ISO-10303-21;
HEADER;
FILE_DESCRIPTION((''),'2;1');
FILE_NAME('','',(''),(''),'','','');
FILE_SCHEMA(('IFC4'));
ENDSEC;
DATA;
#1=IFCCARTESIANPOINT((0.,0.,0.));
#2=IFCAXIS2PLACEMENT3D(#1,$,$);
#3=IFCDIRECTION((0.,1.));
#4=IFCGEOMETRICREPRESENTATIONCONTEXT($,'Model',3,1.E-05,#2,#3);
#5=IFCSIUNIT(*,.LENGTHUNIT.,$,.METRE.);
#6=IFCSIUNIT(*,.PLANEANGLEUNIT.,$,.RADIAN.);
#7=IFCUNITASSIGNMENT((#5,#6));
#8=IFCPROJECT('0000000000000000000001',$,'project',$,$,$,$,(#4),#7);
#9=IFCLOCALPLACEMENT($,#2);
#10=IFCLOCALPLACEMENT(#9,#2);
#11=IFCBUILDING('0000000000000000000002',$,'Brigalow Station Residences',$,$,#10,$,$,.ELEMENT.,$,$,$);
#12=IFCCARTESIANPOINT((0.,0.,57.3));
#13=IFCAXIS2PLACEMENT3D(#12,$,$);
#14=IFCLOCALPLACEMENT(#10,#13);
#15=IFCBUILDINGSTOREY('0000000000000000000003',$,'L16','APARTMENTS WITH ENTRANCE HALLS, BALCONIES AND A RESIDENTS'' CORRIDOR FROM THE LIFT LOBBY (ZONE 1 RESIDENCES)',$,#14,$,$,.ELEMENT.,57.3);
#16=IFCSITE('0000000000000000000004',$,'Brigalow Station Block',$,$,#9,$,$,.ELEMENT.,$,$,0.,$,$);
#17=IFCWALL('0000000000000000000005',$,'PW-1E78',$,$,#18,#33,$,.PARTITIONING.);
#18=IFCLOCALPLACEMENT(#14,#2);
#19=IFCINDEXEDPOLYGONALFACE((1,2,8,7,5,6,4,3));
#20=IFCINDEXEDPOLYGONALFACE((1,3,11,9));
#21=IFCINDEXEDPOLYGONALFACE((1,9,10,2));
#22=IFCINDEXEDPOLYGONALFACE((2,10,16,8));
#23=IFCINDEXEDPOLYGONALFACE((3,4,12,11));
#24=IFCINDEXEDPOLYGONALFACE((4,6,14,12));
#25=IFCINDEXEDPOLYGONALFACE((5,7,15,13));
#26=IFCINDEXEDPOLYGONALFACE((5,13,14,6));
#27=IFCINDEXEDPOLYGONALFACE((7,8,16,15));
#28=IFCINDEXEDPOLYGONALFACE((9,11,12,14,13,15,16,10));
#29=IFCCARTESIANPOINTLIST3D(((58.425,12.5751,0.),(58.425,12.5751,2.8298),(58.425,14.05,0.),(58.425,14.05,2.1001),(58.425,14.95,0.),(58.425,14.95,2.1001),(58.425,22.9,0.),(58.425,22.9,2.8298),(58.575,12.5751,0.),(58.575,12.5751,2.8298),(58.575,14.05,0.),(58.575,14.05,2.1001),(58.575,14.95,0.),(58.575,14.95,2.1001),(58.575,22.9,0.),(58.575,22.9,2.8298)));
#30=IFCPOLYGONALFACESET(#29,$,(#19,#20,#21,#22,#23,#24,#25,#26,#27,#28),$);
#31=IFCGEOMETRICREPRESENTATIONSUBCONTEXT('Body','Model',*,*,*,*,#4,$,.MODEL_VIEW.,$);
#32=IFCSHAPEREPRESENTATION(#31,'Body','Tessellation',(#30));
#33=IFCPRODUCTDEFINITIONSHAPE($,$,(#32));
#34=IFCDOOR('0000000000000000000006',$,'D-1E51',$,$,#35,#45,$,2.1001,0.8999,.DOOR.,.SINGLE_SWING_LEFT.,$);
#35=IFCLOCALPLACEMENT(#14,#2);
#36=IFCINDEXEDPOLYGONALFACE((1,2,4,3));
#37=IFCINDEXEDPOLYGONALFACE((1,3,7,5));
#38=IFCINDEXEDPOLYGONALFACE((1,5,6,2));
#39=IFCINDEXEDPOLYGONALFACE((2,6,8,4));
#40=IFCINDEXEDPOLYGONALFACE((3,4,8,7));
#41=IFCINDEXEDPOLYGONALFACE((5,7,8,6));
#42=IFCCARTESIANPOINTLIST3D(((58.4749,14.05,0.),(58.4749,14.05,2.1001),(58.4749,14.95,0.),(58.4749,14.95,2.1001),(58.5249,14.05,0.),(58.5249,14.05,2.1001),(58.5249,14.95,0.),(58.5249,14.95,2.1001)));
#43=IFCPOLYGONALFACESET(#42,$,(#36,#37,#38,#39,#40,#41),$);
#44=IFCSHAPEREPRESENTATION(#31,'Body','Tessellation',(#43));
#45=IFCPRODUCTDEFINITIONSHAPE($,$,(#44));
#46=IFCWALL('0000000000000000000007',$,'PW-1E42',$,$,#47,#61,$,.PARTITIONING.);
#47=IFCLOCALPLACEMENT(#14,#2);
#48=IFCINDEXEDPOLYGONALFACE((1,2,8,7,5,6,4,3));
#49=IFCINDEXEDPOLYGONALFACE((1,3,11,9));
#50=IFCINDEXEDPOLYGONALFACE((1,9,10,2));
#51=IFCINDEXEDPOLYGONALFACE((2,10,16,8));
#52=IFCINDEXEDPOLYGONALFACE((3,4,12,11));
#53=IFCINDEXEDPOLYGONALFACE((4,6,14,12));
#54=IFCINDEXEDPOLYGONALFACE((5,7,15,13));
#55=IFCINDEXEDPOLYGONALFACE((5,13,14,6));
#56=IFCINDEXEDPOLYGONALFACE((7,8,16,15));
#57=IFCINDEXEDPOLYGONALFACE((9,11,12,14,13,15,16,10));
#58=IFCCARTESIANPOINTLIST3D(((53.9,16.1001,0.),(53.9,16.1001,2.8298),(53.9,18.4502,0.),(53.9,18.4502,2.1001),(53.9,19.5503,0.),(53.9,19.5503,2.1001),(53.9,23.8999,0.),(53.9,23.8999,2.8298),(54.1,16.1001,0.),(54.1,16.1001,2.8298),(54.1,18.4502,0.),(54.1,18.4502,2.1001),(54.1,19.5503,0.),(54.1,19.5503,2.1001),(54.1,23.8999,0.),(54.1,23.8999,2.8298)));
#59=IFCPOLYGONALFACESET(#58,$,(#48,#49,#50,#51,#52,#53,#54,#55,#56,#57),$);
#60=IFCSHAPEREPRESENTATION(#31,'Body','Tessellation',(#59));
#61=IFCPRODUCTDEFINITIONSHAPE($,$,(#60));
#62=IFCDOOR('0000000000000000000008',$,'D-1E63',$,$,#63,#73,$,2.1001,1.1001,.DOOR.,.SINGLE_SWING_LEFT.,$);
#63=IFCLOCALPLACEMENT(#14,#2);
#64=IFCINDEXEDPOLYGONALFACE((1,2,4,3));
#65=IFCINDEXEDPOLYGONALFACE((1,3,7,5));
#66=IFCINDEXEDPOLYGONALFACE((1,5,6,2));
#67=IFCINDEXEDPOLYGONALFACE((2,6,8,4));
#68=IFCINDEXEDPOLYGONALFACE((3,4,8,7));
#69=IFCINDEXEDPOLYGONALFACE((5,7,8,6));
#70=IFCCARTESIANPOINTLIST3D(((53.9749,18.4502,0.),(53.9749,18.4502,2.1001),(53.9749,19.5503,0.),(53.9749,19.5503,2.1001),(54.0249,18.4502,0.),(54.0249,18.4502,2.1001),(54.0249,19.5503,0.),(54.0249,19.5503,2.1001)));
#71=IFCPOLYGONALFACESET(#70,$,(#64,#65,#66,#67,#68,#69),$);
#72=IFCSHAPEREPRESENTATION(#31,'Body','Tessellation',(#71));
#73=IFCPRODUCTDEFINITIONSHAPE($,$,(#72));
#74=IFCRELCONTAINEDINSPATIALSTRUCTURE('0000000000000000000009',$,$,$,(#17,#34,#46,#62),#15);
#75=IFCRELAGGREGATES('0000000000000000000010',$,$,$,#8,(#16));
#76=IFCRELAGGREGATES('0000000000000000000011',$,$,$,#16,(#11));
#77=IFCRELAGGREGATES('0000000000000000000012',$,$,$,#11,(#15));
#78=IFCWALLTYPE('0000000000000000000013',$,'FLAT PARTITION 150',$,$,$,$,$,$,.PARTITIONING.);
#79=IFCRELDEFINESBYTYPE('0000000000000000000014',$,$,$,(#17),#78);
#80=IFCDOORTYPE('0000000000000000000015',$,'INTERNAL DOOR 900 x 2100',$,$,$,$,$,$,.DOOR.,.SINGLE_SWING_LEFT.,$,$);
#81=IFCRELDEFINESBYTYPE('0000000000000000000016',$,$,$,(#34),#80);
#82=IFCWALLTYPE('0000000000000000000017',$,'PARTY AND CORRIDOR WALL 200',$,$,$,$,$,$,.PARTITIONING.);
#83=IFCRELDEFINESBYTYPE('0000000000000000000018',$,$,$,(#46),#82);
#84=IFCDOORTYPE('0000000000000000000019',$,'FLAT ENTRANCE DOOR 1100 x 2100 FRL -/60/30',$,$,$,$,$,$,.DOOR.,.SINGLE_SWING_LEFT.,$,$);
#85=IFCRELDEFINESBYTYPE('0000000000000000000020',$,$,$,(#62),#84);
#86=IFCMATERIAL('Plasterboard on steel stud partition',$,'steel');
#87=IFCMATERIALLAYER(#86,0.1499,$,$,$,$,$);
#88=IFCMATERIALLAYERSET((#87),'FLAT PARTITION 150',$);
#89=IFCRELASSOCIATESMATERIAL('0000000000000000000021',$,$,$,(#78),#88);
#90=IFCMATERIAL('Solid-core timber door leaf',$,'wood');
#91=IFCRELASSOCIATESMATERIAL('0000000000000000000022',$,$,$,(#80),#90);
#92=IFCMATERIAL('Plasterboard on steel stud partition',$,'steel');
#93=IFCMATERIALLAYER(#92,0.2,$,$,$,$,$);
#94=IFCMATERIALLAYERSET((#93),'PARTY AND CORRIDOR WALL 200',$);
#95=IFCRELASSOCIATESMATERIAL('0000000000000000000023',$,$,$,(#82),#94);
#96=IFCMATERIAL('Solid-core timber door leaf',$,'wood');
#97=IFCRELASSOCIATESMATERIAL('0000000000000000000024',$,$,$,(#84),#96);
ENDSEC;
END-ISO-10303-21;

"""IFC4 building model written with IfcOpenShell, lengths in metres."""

from ifc_helpers import new_model, si_unit, direction, frame, frame_2d, origin, place, context, subcontext, project, spatial, rectangle, extrude, material, layer, layer_set, type_object, element, fill, save


model = new_model("IFC4")

# Units and contexts
model_context = context("Model", 3, precision=1e-05, world=origin(), true_north=direction((0.0, 1.0)))
body_context = subcontext(model_context, "Body", "Model", "MODEL_VIEW")
ifc_project = project(units=[si_unit("LENGTHUNIT", "METRE"), si_unit("PLANEANGLEUNIT", "RADIAN")], contexts=[model_context])

# Site, building, storey
site_placement = place(None, origin())
site = spatial("IfcSite", under=ifc_project, at=site_placement, Name="Brigalow Station Block", CompositionType="ELEMENT", RefElevation=0.0)
building_placement = place(site_placement, origin())
building = spatial("IfcBuilding", under=site, at=building_placement, Name="Brigalow Station Residences", CompositionType="ELEMENT")
storey_placement = place(building_placement, frame((0.0, 0.0, 57.3)))
storey = spatial("IfcBuildingStorey", under=building, at=storey_placement, Name="L16", Description="APARTMENTS WITH ENTRANCE HALLS, BALCONIES AND A RESIDENTS' CORRIDOR FROM THE LIFT LOBBY (ZONE 1 RESIDENCES)", CompositionType="ELEMENT", Elevation=57.3)

# Shared definitions
ifc_material_1 = material(Name="Plasterboard on steel stud partition", Category="steel")
ifc_layer_1 = layer(ifc_material_1, 0.1499)
ifc_layer_set_1 = layer_set([ifc_layer_1], Name="FLAT PARTITION 150")
wall_type_1 = type_object("IfcWallType", Name="FLAT PARTITION 150", PredefinedType="PARTITIONING", material=ifc_layer_set_1)

# Walls, openings, doors
ifc_material_2 = material(Name="Solid-core timber door leaf", Category="wood")
door_type_1 = type_object("IfcDoorType", Name="INTERNAL DOOR 900 x 2100", OperationType="SINGLE_SWING_LEFT", PredefinedType="DOOR", material=ifc_material_2)
wall_1_placement = place(storey_placement, frame((58.5, 12.575, 0.0), z_axis=(0.0, 0.0, 1.0), x_axis=(0.0, 1.0, 0.0)))
wall_1 = element("IfcWall", 1, at=wall_1_placement, inside=storey, type_object=wall_type_1, Name="PW-1E78", PredefinedType="PARTITIONING", context=body_context, shape_type="SweptSolid", body=[
    extrude(rectangle(XDim=10.325, YDim=0.1499, at=frame_2d((5.1626, 0.0))), origin(), (0.0, 0.0, 1.0), 2.8298),
])
opening_1_placement = place(wall_1_placement, frame((1.4751, 0.0, 0.0)))
opening_1 = element("IfcOpeningElement", 2, at=opening_1_placement, cuts=wall_1, PredefinedType="OPENING", context=body_context, shape_type="SweptSolid", body=[
    extrude(rectangle(XDim=0.8999, YDim=2.1001, at=frame_2d((0.45, 1.05))), frame((0.0, 0.085, 0.0), z_axis=(0.0, -1.0, 0.0), x_axis=(1.0, 0.0, 0.0)), (0.0, 0.0, 1.0), 0.1699),
])
door_1_placement = place(opening_1_placement, frame((0.8999, 0.0, 0.0), z_axis=(0.0, 0.0, 1.0), x_axis=(-1.0, 0.0, 0.0)))
door_1 = element("IfcDoor", 3, at=door_1_placement, inside=storey, type_object=door_type_1, Name="D-1E51", OperationType="SINGLE_SWING_LEFT", OverallHeight=2.1001, OverallWidth=0.8999, PredefinedType="DOOR", context=body_context, shape_type="SweptSolid", body=[
    extrude(rectangle(XDim=0.8999, YDim=2.1001, at=frame_2d((0.45, 1.05))), frame((0.0, 0.0249, 0.0), z_axis=(0.0, -1.0, 0.0), x_axis=(1.0, 0.0, 0.0)), (0.0, 0.0, 1.0), 0.05),
])
fill(opening_1, door_1)
ifc_material_3 = material(Name="Plasterboard on steel stud partition", Category="steel")
ifc_layer_2 = layer(ifc_material_3, 0.2)
ifc_layer_set_2 = layer_set([ifc_layer_2], Name="PARTY AND CORRIDOR WALL 200")
wall_type_2 = type_object("IfcWallType", Name="PARTY AND CORRIDOR WALL 200", PredefinedType="PARTITIONING", material=ifc_layer_set_2)
wall_2_placement = place(storey_placement, frame((54.0, 16.1001, 0.0), z_axis=(0.0, 0.0, 1.0), x_axis=(0.0, 1.0, 0.0)))
wall_2 = element("IfcWall", 4, at=wall_2_placement, inside=storey, type_object=wall_type_2, Name="PW-1E42", PredefinedType="PARTITIONING", context=body_context, shape_type="SweptSolid", body=[
    extrude(rectangle(XDim=7.7998, YDim=0.2, at=frame_2d((3.8999, 0.0))), origin(), (0.0, 0.0, 1.0), 2.8298),
])
opening_2_placement = place(wall_2_placement, frame((2.3501, 0.0, 0.0)))
opening_2 = element("IfcOpeningElement", 5, at=opening_2_placement, cuts=wall_2, PredefinedType="OPENING", context=body_context, shape_type="SweptSolid", body=[
    extrude(rectangle(XDim=1.1001, YDim=2.1001, at=frame_2d((0.55, 1.05))), frame((0.0, 0.1099, 0.0), z_axis=(0.0, -1.0, 0.0), x_axis=(1.0, 0.0, 0.0)), (0.0, 0.0, 1.0), 0.22),
])
ifc_material_4 = material(Name="Solid-core timber door leaf", Category="wood")
door_type_2 = type_object("IfcDoorType", Name="FLAT ENTRANCE DOOR 1100 x 2100 FRL -/60/30", OperationType="SINGLE_SWING_LEFT", PredefinedType="DOOR", material=ifc_material_4)
door_2_placement = place(opening_2_placement, frame((1.1001, 0.0, 0.0), z_axis=(0.0, 0.0, 1.0), x_axis=(-1.0, 0.0, 0.0)))
door_2 = element("IfcDoor", 6, at=door_2_placement, inside=storey, type_object=door_type_2, Name="D-1E63", OperationType="SINGLE_SWING_LEFT", OverallHeight=2.1001, OverallWidth=1.1001, PredefinedType="DOOR", context=body_context, shape_type="SweptSolid", body=[
    extrude(rectangle(XDim=1.1001, YDim=2.1001, at=frame_2d((0.55, 1.05))), frame((0.0, 0.0249, 0.0), z_axis=(0.0, -1.0, 0.0), x_axis=(1.0, 0.0, 0.0)), (0.0, 0.0, 1.0), 0.05),
])
fill(opening_2, door_2)

save(model, "model.ifc")
